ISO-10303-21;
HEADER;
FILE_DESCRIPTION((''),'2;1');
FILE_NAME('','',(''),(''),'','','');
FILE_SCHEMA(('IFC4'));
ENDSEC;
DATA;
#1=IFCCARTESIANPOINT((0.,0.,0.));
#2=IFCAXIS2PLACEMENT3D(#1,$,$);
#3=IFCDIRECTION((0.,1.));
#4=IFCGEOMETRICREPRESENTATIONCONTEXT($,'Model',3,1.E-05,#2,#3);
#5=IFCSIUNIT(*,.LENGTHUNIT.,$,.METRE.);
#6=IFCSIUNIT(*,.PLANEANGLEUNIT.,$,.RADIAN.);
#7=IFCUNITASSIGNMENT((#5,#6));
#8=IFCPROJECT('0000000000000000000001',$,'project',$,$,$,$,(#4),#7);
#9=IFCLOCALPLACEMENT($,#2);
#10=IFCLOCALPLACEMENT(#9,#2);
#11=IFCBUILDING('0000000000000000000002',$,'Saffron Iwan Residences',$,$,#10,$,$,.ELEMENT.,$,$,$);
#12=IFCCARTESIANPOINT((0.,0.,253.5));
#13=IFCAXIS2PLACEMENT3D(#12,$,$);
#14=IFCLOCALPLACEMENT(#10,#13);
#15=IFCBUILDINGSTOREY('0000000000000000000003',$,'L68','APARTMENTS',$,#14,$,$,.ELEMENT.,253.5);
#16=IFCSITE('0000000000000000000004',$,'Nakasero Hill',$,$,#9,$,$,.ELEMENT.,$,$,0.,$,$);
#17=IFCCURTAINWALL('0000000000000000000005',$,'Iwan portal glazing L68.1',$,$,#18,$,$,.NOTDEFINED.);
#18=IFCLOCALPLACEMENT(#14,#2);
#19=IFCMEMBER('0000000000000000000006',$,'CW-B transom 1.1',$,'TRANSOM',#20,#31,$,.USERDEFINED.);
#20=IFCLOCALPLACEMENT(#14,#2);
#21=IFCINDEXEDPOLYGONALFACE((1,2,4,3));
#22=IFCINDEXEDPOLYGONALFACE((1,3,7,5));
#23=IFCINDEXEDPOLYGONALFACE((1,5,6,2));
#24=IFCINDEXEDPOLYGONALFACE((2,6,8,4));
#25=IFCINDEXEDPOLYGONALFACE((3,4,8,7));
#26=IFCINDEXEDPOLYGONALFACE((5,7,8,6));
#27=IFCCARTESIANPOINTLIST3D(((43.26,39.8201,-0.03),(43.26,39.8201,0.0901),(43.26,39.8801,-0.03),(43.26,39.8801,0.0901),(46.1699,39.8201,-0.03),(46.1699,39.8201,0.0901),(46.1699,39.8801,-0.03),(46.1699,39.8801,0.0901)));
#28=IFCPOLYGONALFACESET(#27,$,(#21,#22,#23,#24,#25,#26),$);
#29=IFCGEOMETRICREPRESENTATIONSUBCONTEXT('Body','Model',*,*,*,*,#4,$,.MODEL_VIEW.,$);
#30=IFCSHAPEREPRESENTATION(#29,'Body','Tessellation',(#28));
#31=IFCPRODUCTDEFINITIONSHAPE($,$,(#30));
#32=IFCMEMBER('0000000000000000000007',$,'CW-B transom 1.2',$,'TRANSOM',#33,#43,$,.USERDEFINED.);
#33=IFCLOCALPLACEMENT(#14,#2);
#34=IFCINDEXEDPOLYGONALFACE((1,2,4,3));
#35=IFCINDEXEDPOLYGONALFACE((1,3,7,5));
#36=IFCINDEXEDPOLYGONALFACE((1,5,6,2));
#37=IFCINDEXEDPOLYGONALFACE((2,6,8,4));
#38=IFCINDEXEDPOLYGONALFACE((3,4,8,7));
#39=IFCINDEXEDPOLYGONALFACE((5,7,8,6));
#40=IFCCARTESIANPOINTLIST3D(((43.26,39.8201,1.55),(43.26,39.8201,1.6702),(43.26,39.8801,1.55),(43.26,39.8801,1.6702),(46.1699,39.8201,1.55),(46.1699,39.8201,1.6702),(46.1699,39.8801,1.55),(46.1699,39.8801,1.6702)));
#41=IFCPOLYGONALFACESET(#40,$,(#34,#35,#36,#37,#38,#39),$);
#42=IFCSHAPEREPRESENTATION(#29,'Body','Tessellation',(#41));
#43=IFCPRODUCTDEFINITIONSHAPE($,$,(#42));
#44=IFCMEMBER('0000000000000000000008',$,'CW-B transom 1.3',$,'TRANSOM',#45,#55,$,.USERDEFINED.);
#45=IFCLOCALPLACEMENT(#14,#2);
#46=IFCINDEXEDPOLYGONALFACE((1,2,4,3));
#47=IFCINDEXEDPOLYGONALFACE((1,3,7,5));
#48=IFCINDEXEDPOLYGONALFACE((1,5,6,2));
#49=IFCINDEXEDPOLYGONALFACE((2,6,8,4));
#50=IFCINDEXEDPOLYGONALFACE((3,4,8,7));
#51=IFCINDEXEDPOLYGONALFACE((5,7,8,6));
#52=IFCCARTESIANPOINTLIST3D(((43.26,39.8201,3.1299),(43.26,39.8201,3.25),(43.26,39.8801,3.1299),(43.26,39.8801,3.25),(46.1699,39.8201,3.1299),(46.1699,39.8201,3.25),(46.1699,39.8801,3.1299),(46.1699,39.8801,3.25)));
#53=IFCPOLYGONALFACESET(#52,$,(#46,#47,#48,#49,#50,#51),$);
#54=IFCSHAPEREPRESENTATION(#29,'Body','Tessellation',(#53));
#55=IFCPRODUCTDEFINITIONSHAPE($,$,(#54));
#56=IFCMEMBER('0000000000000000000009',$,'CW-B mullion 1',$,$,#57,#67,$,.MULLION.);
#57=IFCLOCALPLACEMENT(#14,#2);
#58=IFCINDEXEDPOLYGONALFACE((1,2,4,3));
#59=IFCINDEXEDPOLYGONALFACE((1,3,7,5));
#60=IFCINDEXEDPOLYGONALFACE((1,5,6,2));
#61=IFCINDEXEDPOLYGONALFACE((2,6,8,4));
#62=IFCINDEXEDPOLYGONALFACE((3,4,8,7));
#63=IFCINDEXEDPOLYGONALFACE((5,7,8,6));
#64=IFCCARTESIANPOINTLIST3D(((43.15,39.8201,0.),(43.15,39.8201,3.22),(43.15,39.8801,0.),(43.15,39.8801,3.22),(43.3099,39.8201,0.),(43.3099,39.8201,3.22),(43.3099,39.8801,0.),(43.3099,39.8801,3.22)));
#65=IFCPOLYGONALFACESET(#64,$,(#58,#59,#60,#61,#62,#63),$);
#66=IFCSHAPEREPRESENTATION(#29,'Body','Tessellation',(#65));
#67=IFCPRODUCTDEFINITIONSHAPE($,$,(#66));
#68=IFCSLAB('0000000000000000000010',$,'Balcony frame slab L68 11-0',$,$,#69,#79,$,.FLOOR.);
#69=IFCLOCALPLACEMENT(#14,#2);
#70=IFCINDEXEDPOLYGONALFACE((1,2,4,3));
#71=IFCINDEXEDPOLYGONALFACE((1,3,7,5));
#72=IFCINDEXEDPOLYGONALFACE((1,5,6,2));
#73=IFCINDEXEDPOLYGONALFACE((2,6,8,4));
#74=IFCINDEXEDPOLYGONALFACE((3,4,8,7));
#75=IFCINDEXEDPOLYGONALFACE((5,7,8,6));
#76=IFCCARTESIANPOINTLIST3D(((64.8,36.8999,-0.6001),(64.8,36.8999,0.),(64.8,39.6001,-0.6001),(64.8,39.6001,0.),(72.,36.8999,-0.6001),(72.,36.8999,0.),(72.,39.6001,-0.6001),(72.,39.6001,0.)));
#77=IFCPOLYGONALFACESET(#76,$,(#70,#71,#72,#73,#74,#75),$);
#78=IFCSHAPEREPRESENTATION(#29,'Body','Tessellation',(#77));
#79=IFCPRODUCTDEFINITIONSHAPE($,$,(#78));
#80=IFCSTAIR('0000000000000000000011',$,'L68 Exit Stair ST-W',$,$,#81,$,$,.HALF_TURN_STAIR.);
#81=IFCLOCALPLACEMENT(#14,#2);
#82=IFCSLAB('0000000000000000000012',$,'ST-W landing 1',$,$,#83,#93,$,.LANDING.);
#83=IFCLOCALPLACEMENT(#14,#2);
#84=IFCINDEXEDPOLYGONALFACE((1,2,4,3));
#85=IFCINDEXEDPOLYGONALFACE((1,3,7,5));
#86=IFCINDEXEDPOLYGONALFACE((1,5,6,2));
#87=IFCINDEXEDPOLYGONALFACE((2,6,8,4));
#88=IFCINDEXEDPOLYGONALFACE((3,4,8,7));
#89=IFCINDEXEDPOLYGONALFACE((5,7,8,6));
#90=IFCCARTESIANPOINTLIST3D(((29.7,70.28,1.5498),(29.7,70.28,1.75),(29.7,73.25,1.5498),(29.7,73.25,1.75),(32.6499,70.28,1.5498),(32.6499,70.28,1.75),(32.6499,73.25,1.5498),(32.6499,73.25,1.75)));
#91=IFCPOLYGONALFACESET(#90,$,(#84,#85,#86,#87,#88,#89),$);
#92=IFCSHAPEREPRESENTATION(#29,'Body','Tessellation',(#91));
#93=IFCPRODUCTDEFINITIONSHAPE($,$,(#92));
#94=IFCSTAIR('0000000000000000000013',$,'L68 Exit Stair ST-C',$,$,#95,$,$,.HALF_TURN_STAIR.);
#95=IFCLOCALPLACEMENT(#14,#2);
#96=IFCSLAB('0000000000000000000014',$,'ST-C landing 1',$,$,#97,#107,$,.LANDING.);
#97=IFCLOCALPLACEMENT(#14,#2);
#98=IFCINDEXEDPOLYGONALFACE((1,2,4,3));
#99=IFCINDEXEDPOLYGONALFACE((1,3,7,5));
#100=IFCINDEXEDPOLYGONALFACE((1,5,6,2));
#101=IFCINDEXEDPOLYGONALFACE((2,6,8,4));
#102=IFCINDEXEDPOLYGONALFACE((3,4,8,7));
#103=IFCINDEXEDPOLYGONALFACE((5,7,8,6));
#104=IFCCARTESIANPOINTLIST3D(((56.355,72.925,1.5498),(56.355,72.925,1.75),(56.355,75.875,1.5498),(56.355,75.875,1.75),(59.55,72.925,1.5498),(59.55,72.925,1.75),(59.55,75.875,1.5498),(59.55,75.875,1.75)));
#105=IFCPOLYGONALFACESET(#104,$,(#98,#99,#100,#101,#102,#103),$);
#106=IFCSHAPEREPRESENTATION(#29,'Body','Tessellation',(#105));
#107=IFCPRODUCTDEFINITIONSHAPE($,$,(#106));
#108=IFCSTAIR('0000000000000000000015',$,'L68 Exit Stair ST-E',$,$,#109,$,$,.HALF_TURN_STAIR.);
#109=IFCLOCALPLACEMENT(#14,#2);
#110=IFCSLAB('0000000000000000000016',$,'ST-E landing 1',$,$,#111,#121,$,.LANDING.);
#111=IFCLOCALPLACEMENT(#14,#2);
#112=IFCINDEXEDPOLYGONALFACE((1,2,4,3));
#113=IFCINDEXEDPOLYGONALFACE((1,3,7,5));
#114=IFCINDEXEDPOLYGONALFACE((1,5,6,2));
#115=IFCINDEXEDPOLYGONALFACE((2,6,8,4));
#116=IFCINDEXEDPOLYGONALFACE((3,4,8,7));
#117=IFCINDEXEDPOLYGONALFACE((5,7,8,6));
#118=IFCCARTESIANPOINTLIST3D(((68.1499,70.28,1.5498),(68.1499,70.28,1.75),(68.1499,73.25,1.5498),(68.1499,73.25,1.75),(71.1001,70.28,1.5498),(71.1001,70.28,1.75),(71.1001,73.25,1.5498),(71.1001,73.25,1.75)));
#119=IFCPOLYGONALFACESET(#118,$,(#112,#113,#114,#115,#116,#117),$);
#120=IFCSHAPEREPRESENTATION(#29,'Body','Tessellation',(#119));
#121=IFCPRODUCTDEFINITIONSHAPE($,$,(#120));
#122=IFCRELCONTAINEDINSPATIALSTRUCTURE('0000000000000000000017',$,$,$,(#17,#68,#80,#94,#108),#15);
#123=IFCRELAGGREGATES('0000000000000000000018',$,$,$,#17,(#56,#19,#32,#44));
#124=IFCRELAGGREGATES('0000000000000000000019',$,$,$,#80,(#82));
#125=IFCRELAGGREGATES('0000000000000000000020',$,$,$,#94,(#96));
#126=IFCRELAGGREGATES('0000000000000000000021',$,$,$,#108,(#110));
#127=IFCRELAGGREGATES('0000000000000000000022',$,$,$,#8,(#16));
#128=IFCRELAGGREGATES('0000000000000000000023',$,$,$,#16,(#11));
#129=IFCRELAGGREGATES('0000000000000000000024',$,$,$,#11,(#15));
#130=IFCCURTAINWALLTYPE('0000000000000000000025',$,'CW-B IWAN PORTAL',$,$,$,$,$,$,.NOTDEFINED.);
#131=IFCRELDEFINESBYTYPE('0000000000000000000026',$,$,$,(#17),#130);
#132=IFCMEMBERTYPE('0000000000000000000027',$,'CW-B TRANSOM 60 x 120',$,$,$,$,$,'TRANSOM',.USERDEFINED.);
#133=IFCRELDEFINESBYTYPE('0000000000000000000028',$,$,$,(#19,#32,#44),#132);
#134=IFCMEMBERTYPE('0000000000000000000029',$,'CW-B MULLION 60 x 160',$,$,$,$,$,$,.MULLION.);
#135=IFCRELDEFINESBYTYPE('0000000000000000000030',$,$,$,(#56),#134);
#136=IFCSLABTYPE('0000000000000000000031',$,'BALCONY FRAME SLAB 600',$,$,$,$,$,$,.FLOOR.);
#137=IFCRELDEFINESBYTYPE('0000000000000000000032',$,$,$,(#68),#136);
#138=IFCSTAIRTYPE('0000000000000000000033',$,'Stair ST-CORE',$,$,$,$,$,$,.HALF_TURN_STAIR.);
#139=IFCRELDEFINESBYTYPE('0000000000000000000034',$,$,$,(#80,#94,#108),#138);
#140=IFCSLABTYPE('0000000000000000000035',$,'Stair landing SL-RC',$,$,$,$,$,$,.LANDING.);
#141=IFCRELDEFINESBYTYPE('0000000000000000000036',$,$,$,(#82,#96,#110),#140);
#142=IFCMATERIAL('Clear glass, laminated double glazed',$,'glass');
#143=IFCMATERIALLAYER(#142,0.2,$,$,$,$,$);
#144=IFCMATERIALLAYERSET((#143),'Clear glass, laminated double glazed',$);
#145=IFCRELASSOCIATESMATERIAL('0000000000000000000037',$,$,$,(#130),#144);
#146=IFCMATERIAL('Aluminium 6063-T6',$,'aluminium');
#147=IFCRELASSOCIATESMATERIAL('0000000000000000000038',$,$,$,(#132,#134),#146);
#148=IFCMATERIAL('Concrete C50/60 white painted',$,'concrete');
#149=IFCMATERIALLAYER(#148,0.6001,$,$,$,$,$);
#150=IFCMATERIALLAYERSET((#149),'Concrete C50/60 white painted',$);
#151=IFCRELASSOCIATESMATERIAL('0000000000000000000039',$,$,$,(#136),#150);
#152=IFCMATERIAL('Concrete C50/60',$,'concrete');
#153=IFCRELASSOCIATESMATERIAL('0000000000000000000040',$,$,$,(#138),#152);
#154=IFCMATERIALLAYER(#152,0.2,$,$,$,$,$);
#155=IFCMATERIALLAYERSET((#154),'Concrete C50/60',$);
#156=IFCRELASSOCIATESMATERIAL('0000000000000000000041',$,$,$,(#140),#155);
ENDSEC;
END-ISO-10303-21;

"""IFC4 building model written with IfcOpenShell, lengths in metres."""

from ifc_helpers import new_model, si_unit, direction, frame, origin, origin_2d, place, context, subcontext, project, spatial, polyline, rectangle, outline, extrude, source, transform, mapped, material, layer, layer_set, material_profile, profile_set, type_object, element, aggregate, save


model = new_model("IFC4")

# Units and contexts
model_context = context("Model", 3, precision=1e-05, world=origin(), true_north=direction((0.0, 1.0)))
body_context = subcontext(model_context, "Body", "Model", "MODEL_VIEW")
ifc_project = project(units=[si_unit("LENGTHUNIT", "METRE"), si_unit("PLANEANGLEUNIT", "RADIAN")], contexts=[model_context])

# Site, building, storey
site_placement = place(None, origin())
site = spatial("IfcSite", under=ifc_project, at=site_placement, Name="Nakasero Hill", CompositionType="ELEMENT", RefElevation=0.0)
building_placement = place(site_placement, origin())
building = spatial("IfcBuilding", under=site, at=building_placement, Name="Saffron Iwan Residences", CompositionType="ELEMENT")
storey_placement = place(building_placement, frame((0.0, 0.0, 253.5)))
storey = spatial("IfcBuildingStorey", under=building, at=storey_placement, Name="L68", Description="APARTMENTS", CompositionType="ELEMENT", Elevation=253.5)

# Curtain wall, members
ifc_material_1 = material(Name="Clear glass, laminated double glazed", Category="glass")
ifc_layer_1 = layer(ifc_material_1, 0.2)
ifc_layer_set_1 = layer_set([ifc_layer_1], Name="Clear glass, laminated double glazed")
curtain_wall_type = type_object("IfcCurtainWallType", Name="CW-B IWAN PORTAL", PredefinedType="NOTDEFINED", material=ifc_layer_set_1)
curtain_wall_placement = place(storey_placement, origin())
curtain_wall = element("IfcCurtainWall", 1, at=curtain_wall_placement, inside=storey, type_object=curtain_wall_type, Name="Iwan portal glazing L68.1", PredefinedType="NOTDEFINED")
ifc_material_2 = material(Name="Aluminium 6063-T6", Category="aluminium")
ifc_material_profile_1 = material_profile(ifc_material_2, rectangle(XDim=0.0601, YDim=0.1201, at=origin_2d()), Name="CW-B TRANSOM 60 x 120")
ifc_profile_set_1 = profile_set([ifc_material_profile_1], Name="Aluminium 6063-T6")
member_type_1 = type_object("IfcMemberType", Name="CW-B TRANSOM 60 x 120", ElementType="TRANSOM", PredefinedType="USERDEFINED", material=ifc_profile_set_1)
shared_shape_1 = source(origin(), body_context, "Body", "SweptSolid", [
    extrude(rectangle(XDim=0.0601, YDim=0.1201, at=origin_2d()), origin(), (0.0, 0.0, 1.0), 2.9099),
])
member_1_placement = place(storey_placement, frame((43.26, 39.8501, 0.03), z_axis=(1.0, 0.0, 0.0), x_axis=(0.0, 1.0, 0.0)))
member_1 = element("IfcMember", 2, at=member_1_placement, type_object=member_type_1, Name="CW-B transom 1.1", ObjectType="TRANSOM", PredefinedType="USERDEFINED", context=body_context, shape_type="MappedRepresentation", body=[
    mapped(shared_shape_1, transform((0.0, 0.0, 0.0))),
])
member_2_placement = place(storey_placement, frame((43.26, 39.8501, 1.6101), z_axis=(1.0, 0.0, 0.0), x_axis=(0.0, 1.0, 0.0)))
member_2 = element("IfcMember", 3, at=member_2_placement, type_object=member_type_1, Name="CW-B transom 1.2", ObjectType="TRANSOM", PredefinedType="USERDEFINED", context=body_context, shape_type="MappedRepresentation", body=[
    mapped(shared_shape_1, transform((0.0, 0.0, 0.0))),
])
member_3_placement = place(storey_placement, frame((43.26, 39.8501, 3.1899), z_axis=(1.0, 0.0, 0.0), x_axis=(0.0, 1.0, 0.0)))
member_3 = element("IfcMember", 4, at=member_3_placement, type_object=member_type_1, Name="CW-B transom 1.3", ObjectType="TRANSOM", PredefinedType="USERDEFINED", context=body_context, shape_type="MappedRepresentation", body=[
    mapped(shared_shape_1, transform((0.0, 0.0, 0.0))),
])
ifc_material_profile_2 = material_profile(ifc_material_2, rectangle(XDim=0.0601, YDim=0.1599, at=origin_2d()), Name="CW-B MULLION 60 x 160")
ifc_profile_set_2 = profile_set([ifc_material_profile_2], Name="Aluminium 6063-T6")
member_type_2 = type_object("IfcMemberType", Name="CW-B MULLION 60 x 160", PredefinedType="MULLION", material=ifc_profile_set_2)
shared_shape_2 = source(origin(), body_context, "Body", "SweptSolid", [
    extrude(rectangle(XDim=0.0601, YDim=0.1599, at=origin_2d()), origin(), (0.0, 0.0, 1.0), 3.22),
])
member_4_placement = place(storey_placement, frame((43.23, 39.8501, 0.0), z_axis=(0.0, 0.0, 1.0), x_axis=(0.0, 1.0, 0.0)))
member_4 = element("IfcMember", 5, at=member_4_placement, type_object=member_type_2, Name="CW-B mullion 1", PredefinedType="MULLION", context=body_context, shape_type="MappedRepresentation", body=[
    mapped(shared_shape_2, transform((0.0, 0.0, 0.0))),
])
aggregate(curtain_wall, [member_4, member_1, member_2, member_3])

# Slab
ifc_material_3 = material(Name="Concrete C50/60 white painted", Category="concrete")
ifc_layer_2 = layer(ifc_material_3, 0.6001)
ifc_layer_set_2 = layer_set([ifc_layer_2], Name="Concrete C50/60 white painted")
slab_type_1 = type_object("IfcSlabType", Name="BALCONY FRAME SLAB 600", PredefinedType="FLOOR", material=ifc_layer_set_2)
slab_1_placement = place(storey_placement, frame((0.0, 0.0, -0.6001)))
element("IfcSlab", 6, at=slab_1_placement, inside=storey, type_object=slab_type_1, Name="Balcony frame slab L68 11-0", PredefinedType="FLOOR", context=body_context, shape_type="SweptSolid", body=[
    extrude(outline(polyline([(64.8, 36.8999), (72.0, 36.8999), (72.0, 39.6001), (64.8, 39.6001), (64.8, 36.8999)])), origin(), (0.0, 0.0, 1.0), 0.6001),
])

# Stairs, slabs
ifc_material_4 = material(Name="Concrete C50/60", Category="concrete")
stair_type = type_object("IfcStairType", Name="Stair ST-CORE", PredefinedType="HALF_TURN_STAIR", material=ifc_material_4)
stair_1_placement = place(storey_placement, origin())
stair_1 = element("IfcStair", 7, at=stair_1_placement, inside=storey, type_object=stair_type, Name="L68 Exit Stair ST-W", PredefinedType="HALF_TURN_STAIR")
ifc_layer_3 = layer(ifc_material_4, 0.2)
ifc_layer_set_3 = layer_set([ifc_layer_3], Name="Concrete C50/60")
slab_type_2 = type_object("IfcSlabType", Name="Stair landing SL-RC", PredefinedType="LANDING", material=ifc_layer_set_3)
slab_2_placement = place(storey_placement, frame((0.0, 0.0, 1.5498)))
slab_2 = element("IfcSlab", 8, at=slab_2_placement, type_object=slab_type_2, Name="ST-W landing 1", PredefinedType="LANDING", context=body_context, shape_type="SweptSolid", body=[
    extrude(outline(polyline([(32.6499, 70.28), (32.6499, 73.25), (29.7, 73.25), (29.7, 70.28), (32.6499, 70.28)])), origin(), (0.0, 0.0, 1.0), 0.2002),
])
aggregate(stair_1, [slab_2])
stair_2_placement = place(storey_placement, origin())
stair_2 = element("IfcStair", 9, at=stair_2_placement, inside=storey, type_object=stair_type, Name="L68 Exit Stair ST-C", PredefinedType="HALF_TURN_STAIR")
slab_3_placement = place(storey_placement, frame((0.0, 0.0, 1.5498)))
slab_3 = element("IfcSlab", 10, at=slab_3_placement, type_object=slab_type_2, Name="ST-C landing 1", PredefinedType="LANDING", context=body_context, shape_type="SweptSolid", body=[
    extrude(outline(polyline([(56.355, 72.925), (59.55, 72.925), (59.55, 75.875), (56.355, 75.875), (56.355, 72.925)])), origin(), (0.0, 0.0, 1.0), 0.2002),
])
aggregate(stair_2, [slab_3])
stair_3_placement = place(storey_placement, origin())
stair_3 = element("IfcStair", 11, at=stair_3_placement, inside=storey, type_object=stair_type, Name="L68 Exit Stair ST-E", PredefinedType="HALF_TURN_STAIR")
slab_4_placement = place(storey_placement, frame((0.0, 0.0, 1.5498)))
slab_4 = element("IfcSlab", 12, at=slab_4_placement, type_object=slab_type_2, Name="ST-E landing 1", PredefinedType="LANDING", context=body_context, shape_type="SweptSolid", body=[
    extrude(outline(polyline([(71.1001, 70.28), (71.1001, 73.25), (68.1499, 73.25), (68.1499, 70.28), (71.1001, 70.28)])), origin(), (0.0, 0.0, 1.0), 0.2002),
])
aggregate(stair_3, [slab_4])

save(model, "model.ifc")
